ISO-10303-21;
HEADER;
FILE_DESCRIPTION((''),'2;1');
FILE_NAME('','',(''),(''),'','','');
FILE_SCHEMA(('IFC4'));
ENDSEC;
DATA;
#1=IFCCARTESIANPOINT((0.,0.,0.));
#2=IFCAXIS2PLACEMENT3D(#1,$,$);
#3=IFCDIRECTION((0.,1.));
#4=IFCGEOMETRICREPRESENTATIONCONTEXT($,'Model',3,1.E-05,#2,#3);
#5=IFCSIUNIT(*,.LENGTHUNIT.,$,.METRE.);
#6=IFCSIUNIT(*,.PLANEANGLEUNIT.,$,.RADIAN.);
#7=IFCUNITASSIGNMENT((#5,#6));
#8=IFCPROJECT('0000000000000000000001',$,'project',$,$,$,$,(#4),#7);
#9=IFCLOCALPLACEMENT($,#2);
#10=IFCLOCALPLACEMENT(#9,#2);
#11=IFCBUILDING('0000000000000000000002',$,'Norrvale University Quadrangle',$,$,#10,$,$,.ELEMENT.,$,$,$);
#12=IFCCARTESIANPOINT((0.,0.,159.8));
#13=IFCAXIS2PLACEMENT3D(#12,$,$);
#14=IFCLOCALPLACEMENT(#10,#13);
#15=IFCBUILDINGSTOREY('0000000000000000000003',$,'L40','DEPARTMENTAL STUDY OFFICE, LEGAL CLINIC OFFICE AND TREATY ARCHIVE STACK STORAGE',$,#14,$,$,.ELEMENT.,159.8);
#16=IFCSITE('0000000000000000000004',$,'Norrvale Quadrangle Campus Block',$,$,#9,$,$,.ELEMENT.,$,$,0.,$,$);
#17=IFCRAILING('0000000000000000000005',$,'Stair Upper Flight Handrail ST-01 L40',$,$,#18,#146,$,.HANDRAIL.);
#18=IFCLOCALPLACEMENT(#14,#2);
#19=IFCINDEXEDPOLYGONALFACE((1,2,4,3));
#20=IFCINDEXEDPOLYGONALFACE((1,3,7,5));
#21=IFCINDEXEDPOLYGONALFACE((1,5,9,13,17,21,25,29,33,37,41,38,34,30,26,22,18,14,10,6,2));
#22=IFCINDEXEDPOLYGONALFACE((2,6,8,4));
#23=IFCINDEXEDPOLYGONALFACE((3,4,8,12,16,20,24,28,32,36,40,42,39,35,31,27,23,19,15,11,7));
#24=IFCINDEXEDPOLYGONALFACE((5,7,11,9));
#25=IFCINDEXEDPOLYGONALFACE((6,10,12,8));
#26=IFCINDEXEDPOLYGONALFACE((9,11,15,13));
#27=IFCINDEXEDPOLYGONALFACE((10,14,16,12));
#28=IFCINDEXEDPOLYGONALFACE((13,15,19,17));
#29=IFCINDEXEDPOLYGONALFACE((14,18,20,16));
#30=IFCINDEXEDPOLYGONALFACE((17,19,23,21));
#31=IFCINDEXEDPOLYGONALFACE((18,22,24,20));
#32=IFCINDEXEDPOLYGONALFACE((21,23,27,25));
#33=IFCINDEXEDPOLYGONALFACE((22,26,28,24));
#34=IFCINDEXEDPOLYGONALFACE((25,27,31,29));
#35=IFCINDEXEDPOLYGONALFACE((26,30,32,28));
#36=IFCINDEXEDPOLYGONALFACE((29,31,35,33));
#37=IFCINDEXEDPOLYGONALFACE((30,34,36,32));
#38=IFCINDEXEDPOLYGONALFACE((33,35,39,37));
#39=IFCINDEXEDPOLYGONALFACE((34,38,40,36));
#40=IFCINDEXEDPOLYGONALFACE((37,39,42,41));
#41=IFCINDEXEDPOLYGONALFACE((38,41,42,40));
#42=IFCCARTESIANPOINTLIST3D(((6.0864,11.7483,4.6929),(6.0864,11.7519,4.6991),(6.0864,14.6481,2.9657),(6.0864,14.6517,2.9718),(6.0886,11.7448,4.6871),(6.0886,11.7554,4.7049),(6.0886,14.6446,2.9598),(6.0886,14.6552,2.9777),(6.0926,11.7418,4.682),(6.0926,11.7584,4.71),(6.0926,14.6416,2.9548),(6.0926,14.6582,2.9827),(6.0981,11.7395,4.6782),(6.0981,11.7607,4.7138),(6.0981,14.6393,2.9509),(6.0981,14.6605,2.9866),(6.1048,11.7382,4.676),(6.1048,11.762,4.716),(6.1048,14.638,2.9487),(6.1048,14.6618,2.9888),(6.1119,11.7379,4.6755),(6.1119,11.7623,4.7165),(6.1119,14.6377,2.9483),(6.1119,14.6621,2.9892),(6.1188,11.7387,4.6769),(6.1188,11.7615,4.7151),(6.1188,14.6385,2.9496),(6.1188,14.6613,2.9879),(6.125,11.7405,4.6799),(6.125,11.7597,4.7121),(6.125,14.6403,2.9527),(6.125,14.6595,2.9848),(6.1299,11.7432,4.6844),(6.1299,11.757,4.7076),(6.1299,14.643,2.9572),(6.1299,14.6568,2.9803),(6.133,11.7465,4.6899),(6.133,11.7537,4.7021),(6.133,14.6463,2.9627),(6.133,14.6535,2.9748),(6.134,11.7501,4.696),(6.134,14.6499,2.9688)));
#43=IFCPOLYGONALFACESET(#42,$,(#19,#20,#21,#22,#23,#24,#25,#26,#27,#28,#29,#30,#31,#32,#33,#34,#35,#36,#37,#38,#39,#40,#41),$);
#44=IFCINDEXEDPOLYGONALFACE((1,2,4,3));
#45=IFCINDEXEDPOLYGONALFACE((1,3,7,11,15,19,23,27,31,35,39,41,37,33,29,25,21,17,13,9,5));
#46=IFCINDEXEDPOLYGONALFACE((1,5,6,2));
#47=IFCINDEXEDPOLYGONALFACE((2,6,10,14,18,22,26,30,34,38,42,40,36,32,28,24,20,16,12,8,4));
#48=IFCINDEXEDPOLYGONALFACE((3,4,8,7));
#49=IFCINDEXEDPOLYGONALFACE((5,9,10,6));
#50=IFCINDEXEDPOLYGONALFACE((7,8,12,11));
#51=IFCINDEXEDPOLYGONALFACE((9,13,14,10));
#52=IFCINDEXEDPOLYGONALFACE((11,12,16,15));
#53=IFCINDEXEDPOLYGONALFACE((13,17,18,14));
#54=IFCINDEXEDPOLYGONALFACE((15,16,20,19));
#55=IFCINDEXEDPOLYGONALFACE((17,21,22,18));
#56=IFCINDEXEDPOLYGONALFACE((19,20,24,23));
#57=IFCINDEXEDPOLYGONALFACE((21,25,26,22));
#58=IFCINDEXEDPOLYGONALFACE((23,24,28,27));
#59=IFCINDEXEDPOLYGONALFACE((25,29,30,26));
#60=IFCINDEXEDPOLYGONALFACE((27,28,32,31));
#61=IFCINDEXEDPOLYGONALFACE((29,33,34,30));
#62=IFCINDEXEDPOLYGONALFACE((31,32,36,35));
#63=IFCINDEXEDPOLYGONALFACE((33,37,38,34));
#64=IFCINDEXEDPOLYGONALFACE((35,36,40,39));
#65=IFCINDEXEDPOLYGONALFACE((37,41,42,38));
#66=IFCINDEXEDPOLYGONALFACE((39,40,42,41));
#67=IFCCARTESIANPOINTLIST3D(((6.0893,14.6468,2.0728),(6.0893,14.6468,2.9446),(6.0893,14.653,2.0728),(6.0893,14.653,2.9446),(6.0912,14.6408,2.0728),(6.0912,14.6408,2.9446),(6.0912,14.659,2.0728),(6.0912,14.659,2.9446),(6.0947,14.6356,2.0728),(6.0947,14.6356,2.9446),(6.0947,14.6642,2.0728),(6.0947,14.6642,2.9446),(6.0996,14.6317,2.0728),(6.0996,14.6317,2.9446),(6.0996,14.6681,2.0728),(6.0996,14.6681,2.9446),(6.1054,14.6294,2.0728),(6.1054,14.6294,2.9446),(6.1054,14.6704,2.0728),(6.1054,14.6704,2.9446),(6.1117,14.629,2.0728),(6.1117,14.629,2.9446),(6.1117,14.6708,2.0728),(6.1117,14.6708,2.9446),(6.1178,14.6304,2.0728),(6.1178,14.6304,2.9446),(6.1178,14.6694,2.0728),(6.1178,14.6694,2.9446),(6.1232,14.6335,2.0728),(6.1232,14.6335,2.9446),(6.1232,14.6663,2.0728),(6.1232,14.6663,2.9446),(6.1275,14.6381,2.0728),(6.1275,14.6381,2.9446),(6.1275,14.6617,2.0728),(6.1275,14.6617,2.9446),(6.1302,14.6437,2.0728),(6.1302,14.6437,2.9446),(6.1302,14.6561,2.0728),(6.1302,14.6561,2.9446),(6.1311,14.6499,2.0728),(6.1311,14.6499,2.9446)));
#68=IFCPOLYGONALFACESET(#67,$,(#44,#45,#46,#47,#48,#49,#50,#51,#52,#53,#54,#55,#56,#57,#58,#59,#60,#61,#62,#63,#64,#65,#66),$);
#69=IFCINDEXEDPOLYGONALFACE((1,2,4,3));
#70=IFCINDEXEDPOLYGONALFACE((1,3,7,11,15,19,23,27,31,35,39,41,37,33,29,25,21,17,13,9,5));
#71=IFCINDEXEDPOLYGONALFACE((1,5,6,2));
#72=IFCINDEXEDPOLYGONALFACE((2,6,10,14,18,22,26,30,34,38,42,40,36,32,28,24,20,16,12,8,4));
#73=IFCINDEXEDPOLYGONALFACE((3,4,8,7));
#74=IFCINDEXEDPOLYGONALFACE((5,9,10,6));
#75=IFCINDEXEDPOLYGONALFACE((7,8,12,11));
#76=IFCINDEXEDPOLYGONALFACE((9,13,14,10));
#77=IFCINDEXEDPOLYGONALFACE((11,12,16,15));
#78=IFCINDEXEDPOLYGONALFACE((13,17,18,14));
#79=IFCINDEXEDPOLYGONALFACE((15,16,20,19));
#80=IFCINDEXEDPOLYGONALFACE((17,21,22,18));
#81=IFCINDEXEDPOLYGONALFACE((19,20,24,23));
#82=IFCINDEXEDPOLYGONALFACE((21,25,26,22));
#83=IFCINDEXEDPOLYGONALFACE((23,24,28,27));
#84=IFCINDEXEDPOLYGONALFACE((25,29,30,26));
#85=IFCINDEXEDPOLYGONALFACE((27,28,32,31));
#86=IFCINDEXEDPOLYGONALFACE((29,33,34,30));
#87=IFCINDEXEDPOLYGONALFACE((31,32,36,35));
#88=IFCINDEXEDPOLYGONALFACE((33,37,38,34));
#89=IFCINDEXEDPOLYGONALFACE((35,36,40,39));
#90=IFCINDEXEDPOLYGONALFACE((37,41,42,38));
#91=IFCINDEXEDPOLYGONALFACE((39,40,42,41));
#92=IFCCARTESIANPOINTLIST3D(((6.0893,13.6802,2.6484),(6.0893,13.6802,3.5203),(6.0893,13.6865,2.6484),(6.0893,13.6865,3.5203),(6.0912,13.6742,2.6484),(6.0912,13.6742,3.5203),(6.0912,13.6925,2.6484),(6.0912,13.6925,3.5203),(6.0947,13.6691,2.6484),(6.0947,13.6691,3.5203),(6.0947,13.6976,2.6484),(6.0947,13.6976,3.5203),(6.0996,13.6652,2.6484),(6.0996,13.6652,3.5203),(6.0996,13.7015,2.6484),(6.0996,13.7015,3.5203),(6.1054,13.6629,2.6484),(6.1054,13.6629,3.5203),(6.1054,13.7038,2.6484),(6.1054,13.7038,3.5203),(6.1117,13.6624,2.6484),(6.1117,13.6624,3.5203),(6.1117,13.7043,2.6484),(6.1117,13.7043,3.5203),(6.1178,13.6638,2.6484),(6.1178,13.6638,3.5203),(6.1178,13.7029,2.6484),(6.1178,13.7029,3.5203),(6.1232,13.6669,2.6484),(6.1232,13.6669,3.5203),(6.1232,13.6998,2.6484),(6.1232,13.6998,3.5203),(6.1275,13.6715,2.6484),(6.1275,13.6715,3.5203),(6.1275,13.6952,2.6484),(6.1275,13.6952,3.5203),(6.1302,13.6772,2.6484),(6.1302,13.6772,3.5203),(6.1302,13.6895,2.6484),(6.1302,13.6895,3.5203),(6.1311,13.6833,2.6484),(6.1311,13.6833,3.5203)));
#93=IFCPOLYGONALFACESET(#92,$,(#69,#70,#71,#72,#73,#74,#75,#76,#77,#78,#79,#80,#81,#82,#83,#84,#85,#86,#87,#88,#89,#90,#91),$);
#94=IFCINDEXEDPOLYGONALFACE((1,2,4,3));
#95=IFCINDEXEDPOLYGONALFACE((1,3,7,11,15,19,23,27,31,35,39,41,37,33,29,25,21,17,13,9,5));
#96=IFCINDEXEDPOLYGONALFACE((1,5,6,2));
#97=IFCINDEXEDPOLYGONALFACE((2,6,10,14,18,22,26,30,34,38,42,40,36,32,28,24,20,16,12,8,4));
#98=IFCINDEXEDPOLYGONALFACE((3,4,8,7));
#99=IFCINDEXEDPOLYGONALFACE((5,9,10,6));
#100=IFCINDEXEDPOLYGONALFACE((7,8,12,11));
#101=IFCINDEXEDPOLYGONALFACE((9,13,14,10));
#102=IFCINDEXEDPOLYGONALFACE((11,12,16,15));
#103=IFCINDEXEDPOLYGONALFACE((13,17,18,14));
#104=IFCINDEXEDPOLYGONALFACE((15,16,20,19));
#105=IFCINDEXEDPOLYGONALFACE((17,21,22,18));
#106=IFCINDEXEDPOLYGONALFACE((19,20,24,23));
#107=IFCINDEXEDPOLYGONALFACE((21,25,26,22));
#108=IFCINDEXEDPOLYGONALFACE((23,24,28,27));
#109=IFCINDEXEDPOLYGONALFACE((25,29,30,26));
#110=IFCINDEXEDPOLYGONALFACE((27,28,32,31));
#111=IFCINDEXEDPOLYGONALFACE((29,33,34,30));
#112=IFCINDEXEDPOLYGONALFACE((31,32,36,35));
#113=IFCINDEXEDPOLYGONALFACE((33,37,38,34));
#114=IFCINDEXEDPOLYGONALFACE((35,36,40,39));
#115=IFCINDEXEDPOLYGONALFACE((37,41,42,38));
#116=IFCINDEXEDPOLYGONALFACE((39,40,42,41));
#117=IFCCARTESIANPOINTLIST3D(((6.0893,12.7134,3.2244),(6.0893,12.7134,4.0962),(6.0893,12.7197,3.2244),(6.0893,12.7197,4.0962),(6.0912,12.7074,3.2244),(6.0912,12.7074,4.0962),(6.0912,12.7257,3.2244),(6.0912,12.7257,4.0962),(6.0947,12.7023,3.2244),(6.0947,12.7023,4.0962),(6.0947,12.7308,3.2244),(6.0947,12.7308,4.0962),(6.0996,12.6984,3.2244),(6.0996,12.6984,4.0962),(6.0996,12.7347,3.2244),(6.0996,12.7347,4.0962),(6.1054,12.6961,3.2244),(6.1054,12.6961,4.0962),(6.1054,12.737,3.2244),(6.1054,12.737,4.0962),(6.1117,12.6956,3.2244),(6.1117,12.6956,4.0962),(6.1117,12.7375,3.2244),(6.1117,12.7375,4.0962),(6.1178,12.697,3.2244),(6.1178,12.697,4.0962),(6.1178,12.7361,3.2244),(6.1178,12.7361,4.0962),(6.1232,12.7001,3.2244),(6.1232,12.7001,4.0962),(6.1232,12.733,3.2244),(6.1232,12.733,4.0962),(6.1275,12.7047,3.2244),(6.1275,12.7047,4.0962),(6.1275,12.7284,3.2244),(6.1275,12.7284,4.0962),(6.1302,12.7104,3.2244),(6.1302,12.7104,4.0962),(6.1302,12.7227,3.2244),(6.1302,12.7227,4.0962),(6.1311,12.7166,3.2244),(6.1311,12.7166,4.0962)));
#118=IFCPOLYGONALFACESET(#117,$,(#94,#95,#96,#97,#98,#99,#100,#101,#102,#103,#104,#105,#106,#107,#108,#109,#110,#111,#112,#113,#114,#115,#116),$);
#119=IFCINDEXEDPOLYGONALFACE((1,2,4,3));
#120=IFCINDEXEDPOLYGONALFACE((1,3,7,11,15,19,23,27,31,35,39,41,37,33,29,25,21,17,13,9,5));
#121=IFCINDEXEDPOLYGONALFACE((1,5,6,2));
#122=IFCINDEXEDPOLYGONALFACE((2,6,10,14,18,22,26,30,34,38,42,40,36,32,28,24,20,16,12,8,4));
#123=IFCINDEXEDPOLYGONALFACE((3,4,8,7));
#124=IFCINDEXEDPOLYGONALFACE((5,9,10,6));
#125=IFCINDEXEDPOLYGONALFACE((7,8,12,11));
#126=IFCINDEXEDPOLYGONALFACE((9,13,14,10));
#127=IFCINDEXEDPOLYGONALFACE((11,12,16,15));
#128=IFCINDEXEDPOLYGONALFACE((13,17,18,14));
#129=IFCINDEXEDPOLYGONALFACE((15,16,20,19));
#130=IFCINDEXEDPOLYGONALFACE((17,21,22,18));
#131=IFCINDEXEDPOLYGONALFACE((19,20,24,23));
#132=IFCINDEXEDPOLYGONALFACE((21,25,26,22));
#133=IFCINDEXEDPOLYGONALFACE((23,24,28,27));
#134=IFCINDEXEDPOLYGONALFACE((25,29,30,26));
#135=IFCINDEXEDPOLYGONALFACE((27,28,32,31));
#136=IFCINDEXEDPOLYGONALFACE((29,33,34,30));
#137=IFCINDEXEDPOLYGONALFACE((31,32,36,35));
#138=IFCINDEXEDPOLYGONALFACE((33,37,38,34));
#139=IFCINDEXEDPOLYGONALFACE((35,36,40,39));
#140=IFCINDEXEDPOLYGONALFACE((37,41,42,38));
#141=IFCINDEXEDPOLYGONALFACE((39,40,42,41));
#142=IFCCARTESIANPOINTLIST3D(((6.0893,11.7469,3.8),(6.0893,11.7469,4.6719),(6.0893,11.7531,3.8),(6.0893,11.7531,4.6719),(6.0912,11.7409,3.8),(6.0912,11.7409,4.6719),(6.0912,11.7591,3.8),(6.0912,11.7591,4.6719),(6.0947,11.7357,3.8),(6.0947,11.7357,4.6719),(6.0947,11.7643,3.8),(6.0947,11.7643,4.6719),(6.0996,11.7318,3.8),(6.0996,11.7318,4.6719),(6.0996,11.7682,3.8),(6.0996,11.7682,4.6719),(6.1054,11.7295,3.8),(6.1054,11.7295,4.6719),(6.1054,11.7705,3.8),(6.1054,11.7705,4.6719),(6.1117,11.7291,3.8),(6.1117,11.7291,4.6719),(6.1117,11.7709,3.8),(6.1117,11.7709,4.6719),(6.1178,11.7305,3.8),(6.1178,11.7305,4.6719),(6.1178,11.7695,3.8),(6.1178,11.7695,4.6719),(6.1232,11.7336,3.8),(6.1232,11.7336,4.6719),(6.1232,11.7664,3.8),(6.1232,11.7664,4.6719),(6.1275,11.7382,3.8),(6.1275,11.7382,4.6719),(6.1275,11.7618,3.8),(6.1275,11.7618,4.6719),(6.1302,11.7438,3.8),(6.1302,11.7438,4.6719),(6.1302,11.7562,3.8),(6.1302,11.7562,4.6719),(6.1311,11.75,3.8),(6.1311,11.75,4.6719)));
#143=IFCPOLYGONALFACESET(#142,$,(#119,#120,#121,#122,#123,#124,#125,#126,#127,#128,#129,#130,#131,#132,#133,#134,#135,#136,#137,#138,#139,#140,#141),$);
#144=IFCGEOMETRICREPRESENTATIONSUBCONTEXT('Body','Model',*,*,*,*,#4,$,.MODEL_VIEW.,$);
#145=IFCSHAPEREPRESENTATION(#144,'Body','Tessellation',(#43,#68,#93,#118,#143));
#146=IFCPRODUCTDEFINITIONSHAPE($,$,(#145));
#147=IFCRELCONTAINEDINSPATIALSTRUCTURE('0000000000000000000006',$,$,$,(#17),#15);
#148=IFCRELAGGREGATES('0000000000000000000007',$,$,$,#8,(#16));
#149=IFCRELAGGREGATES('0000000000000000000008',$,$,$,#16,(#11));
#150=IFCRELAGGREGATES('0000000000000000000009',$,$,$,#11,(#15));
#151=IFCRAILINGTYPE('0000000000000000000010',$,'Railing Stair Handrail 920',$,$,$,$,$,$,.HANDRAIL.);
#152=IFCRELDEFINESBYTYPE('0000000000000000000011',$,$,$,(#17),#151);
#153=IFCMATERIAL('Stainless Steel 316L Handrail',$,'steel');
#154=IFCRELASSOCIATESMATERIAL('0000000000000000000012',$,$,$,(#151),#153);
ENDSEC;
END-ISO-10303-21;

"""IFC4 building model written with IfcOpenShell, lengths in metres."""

from ifc_helpers import new_model, si_unit, direction, frame, origin, origin_2d, place, context, subcontext, project, spatial, circle, extrude, material, type_object, element, save


model = new_model("IFC4")

# Units and contexts
model_context = context("Model", 3, precision=1e-05, world=origin(), true_north=direction((0.0, 1.0)))
body_context = subcontext(model_context, "Body", "Model", "MODEL_VIEW")
ifc_project = project(units=[si_unit("LENGTHUNIT", "METRE"), si_unit("PLANEANGLEUNIT", "RADIAN")], contexts=[model_context])

# Site, building, storey
site_placement = place(None, origin())
site = spatial("IfcSite", under=ifc_project, at=site_placement, Name="Norrvale Quadrangle Campus Block", CompositionType="ELEMENT", RefElevation=0.0)
building_placement = place(site_placement, origin())
building = spatial("IfcBuilding", under=site, at=building_placement, Name="Norrvale University Quadrangle", CompositionType="ELEMENT")
storey_placement = place(building_placement, frame((0.0, 0.0, 159.8)))
storey = spatial("IfcBuildingStorey", under=building, at=storey_placement, Name="L40", Description="DEPARTMENTAL STUDY OFFICE, LEGAL CLINIC OFFICE AND TREATY ARCHIVE STACK STORAGE", CompositionType="ELEMENT", Elevation=159.8)

# Railing
ifc_material_1 = material(Name="Stainless Steel 316L Handrail", Category="steel")
railing_type_1 = type_object("IfcRailingType", Name="Railing Stair Handrail 920", PredefinedType="HANDRAIL", material=ifc_material_1)
for number, where, name in (
    (1, (6.1101, 14.6499, 2.0728), "Stair Upper Flight Handrail ST-01 L40"),
):
    element("IfcRailing", number, at=place(storey_placement, frame(where)), inside=storey, type_object=railing_type_1, Name=name, PredefinedType="HANDRAIL", context=body_context, shape_type="SweptSolid", body=[
        extrude(circle(Radius=0.0239, at=origin_2d()), frame((0.0, 0.0, 0.896), z_axis=(0.0, -0.859141, 0.511738), x_axis=(1.0, 0.0, 0.0)), (0.0, 0.0, 1.0), 3.3752),
        extrude(circle(Radius=0.021, at=origin_2d()), origin(), (0.0, 0.0, 1.0), 0.8718),
        extrude(circle(Radius=0.021, at=origin_2d()), frame((0.0, -0.9666, 0.5757)), (0.0, 0.0, 1.0), 0.8718),
        extrude(circle(Radius=0.021, at=origin_2d()), frame((0.0, -1.9333, 1.1516)), (0.0, 0.0, 1.0), 0.8718),
        extrude(circle(Radius=0.021, at=origin_2d()), frame((0.0, -2.8999, 1.7273)), (0.0, 0.0, 1.0), 0.8718),
    ])

save(model, "model.ifc")
